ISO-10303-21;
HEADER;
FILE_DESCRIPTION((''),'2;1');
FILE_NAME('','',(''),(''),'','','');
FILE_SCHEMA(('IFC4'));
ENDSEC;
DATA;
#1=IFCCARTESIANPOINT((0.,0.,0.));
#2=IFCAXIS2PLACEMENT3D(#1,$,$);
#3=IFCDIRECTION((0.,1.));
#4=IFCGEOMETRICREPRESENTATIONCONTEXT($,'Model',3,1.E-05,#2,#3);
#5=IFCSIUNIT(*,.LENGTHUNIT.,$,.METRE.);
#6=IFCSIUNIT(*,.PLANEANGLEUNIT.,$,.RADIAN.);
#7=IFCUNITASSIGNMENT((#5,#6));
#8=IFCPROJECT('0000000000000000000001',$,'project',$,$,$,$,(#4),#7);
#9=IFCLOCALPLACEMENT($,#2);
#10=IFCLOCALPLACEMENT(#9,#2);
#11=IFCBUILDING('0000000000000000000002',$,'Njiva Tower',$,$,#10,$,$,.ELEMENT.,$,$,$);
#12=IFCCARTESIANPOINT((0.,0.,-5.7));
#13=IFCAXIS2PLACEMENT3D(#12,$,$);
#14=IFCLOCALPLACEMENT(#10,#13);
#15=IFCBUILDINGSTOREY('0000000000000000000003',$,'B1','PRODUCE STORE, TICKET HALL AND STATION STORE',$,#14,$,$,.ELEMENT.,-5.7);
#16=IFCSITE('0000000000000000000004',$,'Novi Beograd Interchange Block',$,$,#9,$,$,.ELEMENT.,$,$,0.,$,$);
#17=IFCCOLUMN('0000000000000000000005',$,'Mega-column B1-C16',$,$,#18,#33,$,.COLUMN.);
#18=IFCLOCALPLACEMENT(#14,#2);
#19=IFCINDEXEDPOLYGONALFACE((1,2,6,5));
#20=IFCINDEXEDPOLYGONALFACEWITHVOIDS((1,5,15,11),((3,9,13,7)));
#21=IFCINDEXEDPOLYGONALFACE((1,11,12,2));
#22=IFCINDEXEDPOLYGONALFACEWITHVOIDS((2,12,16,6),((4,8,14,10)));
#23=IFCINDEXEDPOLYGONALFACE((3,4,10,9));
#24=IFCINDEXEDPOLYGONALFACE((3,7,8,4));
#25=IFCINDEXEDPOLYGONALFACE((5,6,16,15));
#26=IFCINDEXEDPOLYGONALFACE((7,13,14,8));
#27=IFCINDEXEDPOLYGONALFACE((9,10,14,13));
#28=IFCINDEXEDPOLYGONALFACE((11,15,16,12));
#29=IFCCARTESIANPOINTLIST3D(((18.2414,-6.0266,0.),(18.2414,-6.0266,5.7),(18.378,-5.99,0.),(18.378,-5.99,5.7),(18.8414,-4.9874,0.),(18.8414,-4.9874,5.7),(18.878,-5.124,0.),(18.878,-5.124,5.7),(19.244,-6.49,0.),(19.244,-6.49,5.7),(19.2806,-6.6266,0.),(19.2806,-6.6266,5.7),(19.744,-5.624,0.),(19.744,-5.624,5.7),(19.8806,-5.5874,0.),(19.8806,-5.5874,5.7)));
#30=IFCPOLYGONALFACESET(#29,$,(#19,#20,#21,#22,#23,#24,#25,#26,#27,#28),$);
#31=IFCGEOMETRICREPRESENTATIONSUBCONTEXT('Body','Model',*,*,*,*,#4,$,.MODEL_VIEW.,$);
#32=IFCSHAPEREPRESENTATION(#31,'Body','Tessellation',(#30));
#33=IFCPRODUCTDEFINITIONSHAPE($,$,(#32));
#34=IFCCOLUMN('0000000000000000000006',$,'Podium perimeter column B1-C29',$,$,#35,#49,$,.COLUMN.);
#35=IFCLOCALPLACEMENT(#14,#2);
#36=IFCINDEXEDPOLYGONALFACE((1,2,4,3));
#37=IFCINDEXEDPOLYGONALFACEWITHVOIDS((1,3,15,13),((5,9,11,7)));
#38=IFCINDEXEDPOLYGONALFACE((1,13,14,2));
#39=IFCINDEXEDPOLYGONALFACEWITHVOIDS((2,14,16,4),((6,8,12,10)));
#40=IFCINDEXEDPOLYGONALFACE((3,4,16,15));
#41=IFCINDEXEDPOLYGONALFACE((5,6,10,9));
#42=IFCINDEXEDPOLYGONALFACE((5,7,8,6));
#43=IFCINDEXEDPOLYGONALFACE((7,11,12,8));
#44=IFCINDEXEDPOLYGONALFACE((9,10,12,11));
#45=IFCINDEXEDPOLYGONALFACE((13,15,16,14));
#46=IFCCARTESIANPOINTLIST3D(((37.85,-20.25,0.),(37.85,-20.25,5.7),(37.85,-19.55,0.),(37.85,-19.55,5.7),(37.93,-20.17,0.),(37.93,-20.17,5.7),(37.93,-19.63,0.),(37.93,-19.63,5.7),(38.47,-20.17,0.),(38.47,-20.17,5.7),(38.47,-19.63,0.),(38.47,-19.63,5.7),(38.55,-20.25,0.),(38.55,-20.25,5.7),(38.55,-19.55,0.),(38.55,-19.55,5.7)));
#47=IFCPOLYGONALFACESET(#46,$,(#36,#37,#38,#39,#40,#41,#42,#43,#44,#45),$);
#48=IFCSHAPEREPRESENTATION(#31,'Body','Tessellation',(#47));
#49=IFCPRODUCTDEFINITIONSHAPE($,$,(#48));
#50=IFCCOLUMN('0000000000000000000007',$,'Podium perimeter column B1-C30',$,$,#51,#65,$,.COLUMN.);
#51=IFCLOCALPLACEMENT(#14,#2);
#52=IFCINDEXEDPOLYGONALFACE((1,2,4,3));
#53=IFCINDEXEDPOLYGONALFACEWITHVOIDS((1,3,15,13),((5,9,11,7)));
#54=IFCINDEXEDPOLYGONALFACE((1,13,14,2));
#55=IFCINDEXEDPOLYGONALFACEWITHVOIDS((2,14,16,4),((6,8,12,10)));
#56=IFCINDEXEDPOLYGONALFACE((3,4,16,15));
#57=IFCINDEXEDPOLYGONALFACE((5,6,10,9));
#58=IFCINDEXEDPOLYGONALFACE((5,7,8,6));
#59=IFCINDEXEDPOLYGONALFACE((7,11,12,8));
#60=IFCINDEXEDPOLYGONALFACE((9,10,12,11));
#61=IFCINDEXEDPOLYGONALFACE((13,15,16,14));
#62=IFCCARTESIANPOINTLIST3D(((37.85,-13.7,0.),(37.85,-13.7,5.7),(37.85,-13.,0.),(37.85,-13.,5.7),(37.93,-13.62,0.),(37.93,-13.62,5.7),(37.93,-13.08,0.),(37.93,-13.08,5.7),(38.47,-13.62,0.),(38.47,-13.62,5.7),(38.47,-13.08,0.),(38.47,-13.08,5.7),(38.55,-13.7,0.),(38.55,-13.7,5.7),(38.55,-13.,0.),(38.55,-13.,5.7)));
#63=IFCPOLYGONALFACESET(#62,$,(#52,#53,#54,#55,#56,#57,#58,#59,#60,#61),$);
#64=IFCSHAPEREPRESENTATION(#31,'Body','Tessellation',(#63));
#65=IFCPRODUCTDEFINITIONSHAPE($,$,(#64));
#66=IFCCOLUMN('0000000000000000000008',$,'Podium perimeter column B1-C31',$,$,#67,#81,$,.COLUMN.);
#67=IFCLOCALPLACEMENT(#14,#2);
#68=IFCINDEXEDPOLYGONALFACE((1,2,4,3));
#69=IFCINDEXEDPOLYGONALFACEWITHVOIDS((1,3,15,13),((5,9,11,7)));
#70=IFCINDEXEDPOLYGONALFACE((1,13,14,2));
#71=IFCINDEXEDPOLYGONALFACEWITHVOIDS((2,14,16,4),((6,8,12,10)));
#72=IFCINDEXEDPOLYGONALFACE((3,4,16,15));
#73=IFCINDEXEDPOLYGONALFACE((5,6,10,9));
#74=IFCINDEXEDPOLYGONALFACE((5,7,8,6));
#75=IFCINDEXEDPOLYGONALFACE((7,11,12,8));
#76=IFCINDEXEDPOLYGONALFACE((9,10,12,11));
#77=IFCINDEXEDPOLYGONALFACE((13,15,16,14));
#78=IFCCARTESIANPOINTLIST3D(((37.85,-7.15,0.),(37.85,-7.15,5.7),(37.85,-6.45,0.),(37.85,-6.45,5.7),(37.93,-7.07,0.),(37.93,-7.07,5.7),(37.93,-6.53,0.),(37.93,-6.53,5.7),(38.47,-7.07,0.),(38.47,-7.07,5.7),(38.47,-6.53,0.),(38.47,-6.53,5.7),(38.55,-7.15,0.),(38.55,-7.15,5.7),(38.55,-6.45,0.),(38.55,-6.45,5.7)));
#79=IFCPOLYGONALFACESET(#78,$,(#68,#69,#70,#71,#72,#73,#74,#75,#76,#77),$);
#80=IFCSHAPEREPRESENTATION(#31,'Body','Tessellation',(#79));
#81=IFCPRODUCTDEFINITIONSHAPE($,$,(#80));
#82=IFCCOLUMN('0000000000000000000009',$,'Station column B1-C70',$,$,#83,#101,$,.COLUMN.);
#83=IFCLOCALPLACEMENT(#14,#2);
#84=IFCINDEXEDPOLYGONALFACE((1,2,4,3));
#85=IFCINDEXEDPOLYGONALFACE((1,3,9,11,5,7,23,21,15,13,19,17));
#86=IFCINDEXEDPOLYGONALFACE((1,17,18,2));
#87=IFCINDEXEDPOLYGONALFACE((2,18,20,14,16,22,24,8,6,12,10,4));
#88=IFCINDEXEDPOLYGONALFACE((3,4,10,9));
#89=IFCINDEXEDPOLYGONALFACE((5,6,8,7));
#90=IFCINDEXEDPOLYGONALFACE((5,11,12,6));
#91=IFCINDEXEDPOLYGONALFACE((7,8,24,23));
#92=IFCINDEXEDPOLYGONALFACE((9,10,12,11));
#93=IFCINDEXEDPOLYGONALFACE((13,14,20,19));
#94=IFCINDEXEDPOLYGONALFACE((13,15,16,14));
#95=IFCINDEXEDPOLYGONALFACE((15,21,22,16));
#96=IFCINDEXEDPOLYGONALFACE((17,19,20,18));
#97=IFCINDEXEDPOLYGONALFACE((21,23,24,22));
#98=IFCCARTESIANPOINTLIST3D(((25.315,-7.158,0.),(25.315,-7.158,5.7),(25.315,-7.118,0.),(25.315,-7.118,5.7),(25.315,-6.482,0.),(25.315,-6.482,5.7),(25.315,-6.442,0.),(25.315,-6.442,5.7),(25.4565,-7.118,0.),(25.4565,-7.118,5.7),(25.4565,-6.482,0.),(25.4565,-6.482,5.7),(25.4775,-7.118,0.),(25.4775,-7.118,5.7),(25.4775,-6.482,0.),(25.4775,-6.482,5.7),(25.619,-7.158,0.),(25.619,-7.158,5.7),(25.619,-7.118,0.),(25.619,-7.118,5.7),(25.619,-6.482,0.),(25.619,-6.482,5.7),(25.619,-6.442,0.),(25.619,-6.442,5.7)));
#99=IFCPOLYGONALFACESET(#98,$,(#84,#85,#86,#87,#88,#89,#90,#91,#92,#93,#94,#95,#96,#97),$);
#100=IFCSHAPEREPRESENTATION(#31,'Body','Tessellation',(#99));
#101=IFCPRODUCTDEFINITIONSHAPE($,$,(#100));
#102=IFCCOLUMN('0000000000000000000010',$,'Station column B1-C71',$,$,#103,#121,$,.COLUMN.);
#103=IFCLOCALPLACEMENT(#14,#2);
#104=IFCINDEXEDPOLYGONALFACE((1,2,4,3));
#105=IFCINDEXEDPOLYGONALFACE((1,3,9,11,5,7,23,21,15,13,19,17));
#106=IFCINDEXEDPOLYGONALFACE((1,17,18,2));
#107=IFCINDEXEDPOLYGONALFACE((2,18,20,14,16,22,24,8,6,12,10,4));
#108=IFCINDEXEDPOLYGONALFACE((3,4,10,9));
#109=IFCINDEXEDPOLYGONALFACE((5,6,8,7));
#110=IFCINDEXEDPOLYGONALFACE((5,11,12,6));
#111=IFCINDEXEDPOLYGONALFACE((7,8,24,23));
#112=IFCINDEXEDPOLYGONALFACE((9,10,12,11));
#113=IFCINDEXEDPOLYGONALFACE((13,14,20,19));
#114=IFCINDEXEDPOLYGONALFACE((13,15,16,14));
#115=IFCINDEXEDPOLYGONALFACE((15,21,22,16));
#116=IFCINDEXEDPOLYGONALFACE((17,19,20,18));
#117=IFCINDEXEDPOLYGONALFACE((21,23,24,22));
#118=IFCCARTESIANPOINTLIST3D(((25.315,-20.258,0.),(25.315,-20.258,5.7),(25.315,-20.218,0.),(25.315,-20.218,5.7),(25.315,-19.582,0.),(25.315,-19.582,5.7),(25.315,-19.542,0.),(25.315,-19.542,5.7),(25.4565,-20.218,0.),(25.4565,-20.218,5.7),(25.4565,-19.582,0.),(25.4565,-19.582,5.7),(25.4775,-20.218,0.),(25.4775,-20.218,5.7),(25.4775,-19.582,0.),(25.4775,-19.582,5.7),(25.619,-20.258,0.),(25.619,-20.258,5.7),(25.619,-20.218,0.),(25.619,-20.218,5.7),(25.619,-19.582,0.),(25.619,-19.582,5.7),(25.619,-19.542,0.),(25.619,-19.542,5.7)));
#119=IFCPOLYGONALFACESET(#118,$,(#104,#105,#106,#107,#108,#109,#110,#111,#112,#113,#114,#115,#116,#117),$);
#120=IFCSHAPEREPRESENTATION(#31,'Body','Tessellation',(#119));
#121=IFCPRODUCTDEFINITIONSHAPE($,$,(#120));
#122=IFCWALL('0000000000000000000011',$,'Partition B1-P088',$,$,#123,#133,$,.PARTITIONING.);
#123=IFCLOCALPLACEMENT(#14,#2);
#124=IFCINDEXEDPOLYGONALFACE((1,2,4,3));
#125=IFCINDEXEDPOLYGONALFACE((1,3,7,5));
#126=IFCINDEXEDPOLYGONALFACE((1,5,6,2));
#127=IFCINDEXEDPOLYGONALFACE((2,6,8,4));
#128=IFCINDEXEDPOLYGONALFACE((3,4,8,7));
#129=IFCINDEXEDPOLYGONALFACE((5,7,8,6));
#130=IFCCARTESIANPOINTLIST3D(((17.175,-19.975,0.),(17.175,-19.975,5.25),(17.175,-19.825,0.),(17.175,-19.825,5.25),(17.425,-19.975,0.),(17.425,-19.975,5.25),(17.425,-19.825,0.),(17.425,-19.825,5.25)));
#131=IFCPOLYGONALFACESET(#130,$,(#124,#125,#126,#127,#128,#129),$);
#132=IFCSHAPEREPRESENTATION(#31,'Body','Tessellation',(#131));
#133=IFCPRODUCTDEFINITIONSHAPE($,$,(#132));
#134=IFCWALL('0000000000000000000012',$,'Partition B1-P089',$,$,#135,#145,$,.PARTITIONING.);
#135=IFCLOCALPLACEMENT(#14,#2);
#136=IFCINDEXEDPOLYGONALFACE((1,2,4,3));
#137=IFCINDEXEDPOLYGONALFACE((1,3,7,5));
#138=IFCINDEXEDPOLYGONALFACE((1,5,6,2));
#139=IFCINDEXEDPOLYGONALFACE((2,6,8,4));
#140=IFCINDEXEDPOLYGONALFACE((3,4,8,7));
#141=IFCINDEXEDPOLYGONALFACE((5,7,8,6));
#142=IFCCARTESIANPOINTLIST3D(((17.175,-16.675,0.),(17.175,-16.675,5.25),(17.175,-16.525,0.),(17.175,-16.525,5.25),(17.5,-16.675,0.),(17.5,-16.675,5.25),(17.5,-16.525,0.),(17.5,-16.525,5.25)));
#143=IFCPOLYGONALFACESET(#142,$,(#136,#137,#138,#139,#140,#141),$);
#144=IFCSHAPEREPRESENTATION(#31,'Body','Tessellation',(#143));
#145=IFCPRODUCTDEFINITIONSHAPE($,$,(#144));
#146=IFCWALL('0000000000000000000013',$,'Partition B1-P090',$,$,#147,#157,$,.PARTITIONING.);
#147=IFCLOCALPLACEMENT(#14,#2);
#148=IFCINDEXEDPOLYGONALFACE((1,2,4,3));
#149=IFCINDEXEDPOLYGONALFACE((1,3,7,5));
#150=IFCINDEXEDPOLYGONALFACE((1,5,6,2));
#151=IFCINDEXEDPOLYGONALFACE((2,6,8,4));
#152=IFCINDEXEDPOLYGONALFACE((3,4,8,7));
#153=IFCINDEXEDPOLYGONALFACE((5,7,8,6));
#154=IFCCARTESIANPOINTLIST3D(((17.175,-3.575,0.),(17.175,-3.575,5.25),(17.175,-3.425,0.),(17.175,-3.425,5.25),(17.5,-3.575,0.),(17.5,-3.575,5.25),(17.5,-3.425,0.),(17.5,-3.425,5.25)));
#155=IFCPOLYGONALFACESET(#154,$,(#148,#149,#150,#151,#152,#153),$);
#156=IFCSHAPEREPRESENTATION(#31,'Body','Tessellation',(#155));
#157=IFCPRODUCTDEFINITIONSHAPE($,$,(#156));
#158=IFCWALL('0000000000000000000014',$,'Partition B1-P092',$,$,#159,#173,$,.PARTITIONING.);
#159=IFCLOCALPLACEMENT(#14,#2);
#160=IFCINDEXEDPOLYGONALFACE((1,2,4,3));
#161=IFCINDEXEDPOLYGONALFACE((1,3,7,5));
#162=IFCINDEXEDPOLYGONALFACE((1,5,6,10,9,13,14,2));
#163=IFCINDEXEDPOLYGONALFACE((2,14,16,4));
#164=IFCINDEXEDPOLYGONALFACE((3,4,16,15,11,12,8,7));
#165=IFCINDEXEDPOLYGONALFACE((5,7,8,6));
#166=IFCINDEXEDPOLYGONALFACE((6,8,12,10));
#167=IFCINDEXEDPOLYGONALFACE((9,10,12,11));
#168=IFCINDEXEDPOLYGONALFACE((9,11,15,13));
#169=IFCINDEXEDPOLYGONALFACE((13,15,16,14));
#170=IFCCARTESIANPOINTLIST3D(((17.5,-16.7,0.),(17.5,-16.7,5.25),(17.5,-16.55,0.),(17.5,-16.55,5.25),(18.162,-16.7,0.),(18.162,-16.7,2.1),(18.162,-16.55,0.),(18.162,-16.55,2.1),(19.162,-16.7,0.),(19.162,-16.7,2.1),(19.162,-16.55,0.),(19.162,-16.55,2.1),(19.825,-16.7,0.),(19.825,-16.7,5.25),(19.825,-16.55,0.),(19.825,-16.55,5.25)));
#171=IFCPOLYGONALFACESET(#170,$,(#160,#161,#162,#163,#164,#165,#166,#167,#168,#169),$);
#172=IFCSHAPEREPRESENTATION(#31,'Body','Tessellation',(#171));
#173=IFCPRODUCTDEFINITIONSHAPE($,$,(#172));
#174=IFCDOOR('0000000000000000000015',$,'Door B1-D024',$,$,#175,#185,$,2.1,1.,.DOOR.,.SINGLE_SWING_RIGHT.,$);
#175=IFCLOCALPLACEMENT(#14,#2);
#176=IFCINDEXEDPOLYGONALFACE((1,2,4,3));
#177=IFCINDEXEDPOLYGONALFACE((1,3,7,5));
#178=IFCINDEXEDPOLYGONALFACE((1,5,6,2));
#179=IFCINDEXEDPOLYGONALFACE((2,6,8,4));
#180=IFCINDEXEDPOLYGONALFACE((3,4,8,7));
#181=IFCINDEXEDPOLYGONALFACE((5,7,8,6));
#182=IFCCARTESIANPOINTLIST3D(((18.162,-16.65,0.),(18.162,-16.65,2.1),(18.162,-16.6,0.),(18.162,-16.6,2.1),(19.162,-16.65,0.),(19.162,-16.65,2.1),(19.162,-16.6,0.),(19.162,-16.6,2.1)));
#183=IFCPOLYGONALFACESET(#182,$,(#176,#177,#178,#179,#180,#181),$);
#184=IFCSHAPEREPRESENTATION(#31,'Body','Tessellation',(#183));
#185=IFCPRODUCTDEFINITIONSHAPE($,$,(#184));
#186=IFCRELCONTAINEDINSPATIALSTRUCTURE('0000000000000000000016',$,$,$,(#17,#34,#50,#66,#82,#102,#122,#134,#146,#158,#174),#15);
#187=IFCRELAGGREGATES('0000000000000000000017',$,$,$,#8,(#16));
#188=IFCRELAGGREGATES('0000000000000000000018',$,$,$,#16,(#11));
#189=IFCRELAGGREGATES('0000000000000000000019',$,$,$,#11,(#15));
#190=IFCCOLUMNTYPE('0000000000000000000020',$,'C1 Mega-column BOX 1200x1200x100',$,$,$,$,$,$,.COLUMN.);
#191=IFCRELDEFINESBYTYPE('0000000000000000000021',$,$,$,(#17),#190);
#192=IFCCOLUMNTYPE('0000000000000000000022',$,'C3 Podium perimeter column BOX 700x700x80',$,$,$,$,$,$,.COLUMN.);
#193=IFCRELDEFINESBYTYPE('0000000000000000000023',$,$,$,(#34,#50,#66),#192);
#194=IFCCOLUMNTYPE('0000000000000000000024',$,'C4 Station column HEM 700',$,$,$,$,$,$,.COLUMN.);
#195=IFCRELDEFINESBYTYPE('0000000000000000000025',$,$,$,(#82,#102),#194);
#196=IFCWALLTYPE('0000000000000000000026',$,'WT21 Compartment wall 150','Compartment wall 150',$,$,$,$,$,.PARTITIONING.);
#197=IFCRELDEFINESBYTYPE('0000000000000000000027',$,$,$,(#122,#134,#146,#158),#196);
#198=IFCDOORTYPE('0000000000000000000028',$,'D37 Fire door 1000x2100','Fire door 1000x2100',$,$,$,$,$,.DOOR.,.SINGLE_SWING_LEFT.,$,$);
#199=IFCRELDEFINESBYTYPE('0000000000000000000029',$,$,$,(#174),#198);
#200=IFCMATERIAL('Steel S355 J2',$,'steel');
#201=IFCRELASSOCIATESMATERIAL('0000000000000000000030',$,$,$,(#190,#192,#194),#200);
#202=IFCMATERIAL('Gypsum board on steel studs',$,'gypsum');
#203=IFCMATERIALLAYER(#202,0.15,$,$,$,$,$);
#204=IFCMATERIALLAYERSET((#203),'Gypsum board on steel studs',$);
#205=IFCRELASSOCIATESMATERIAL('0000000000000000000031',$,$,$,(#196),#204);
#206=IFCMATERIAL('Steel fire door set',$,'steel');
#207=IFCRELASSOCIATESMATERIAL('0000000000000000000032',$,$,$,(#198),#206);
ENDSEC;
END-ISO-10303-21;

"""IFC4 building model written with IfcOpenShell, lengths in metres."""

from ifc_helpers import new_model, si_unit, direction, frame, frame_2d, origin, origin_2d, place, context, subcontext, project, spatial, rectangle, hollow_rectangle, i_section, extrude, material, layer, layer_set, material_profile, profile_set, type_object, element, fill, save


model = new_model("IFC4")

# Units and contexts
model_context = context("Model", 3, precision=1e-05, world=origin(), true_north=direction((0.0, 1.0)))
body_context = subcontext(model_context, "Body", "Model", "MODEL_VIEW")
ifc_project = project(units=[si_unit("LENGTHUNIT", "METRE"), si_unit("PLANEANGLEUNIT", "RADIAN")], contexts=[model_context])

# Site, building, storey
site_placement = place(None, origin())
site = spatial("IfcSite", under=ifc_project, at=site_placement, Name="Novi Beograd Interchange Block", CompositionType="ELEMENT", RefElevation=0.0)
building_placement = place(site_placement, origin())
building = spatial("IfcBuilding", under=site, at=building_placement, Name="Njiva Tower", CompositionType="ELEMENT")
storey_placement = place(building_placement, frame((0.0, 0.0, -5.7)))
storey = spatial("IfcBuildingStorey", under=building, at=storey_placement, Name="B1", Description="PRODUCE STORE, TICKET HALL AND STATION STORE", CompositionType="ELEMENT", Elevation=-5.7)

# Columns
ifc_material_1 = material(Name="Steel S355 J2", Category="steel")
ifc_material_profile_1 = material_profile(ifc_material_1, hollow_rectangle(XDim=1.2, YDim=1.2, WallThickness=0.1, at=origin_2d()), Name="BOX 1200x1200x100")
ifc_profile_set_1 = profile_set([ifc_material_profile_1], Name="Steel S355 J2")
column_type_1 = type_object("IfcColumnType", Name="C1 Mega-column BOX 1200x1200x100", PredefinedType="COLUMN", material=ifc_profile_set_1)
column_placement = place(storey_placement, frame((19.061, -5.807, 0.0), z_axis=(0.0, 0.0, 1.0), x_axis=(0.5, 0.866025, 0.0)))
element("IfcColumn", 1, at=column_placement, inside=storey, type_object=column_type_1, Name="Mega-column B1-C16", PredefinedType="COLUMN", context=body_context, shape_type="SweptSolid", body=[
    extrude(hollow_rectangle(XDim=1.2, YDim=1.2, WallThickness=0.1, at=origin_2d()), origin(), (0.0, 0.0, 1.0), 5.7),
])
ifc_material_profile_2 = material_profile(ifc_material_1, hollow_rectangle(XDim=0.7, YDim=0.7, WallThickness=0.08, at=origin_2d()), Name="BOX 700x700x80")
ifc_profile_set_2 = profile_set([ifc_material_profile_2], Name="Steel S355 J2")
column_type_2 = type_object("IfcColumnType", Name="C3 Podium perimeter column BOX 700x700x80", PredefinedType="COLUMN", material=ifc_profile_set_2)
for number, where, z_axis, x_axis, name in (
    (2, (38.2, -19.9, 0.0), (0.0, 0.0, 1.0), (0.0, 1.0, 0.0), "Podium perimeter column B1-C29"),
    (3, (38.2, -13.35, 0.0), (0.0, 0.0, 1.0), (0.0, 1.0, 0.0), "Podium perimeter column B1-C30"),
    (4, (38.2, -6.8, 0.0), (0.0, 0.0, 1.0), (0.0, 1.0, 0.0), "Podium perimeter column B1-C31"),
):
    element("IfcColumn", number, at=place(storey_placement, frame(where, z_axis=z_axis, x_axis=x_axis)), inside=storey, type_object=column_type_2, Name=name, PredefinedType="COLUMN", context=body_context, shape_type="SweptSolid", body=[
        extrude(hollow_rectangle(XDim=0.7, YDim=0.7, WallThickness=0.08, at=origin_2d()), origin(), (0.0, 0.0, 1.0), 5.7),
    ])
ifc_material_profile_3 = material_profile(ifc_material_1, i_section(OverallWidth=0.304, OverallDepth=0.716, WebThickness=0.021, FlangeThickness=0.04, at=origin_2d()), Name="HEM 700")
ifc_profile_set_3 = profile_set([ifc_material_profile_3], Name="Steel S355 J2")
column_type_3 = type_object("IfcColumnType", Name="C4 Station column HEM 700", PredefinedType="COLUMN", material=ifc_profile_set_3)
for number, where, z_axis, x_axis, name in (
    (5, (25.467, -6.8, 0.0), (0.0, 0.0, 1.0), (1.0, 0.0, 0.0), "Station column B1-C70"),
    (6, (25.467, -19.9, 0.0), (0.0, 0.0, 1.0), (1.0, 0.0, 0.0), "Station column B1-C71"),
):
    element("IfcColumn", number, at=place(storey_placement, frame(where, z_axis=z_axis, x_axis=x_axis)), inside=storey, type_object=column_type_3, Name=name, PredefinedType="COLUMN", context=body_context, shape_type="SweptSolid", body=[
        extrude(i_section(OverallWidth=0.304, OverallDepth=0.716, WebThickness=0.021, FlangeThickness=0.04, at=origin_2d()), origin(), (0.0, 0.0, 1.0), 5.7),
    ])

# Walls
ifc_material_2 = material(Name="Gypsum board on steel studs", Category="gypsum")
ifc_layer_1 = layer(ifc_material_2, 0.15)
ifc_layer_set_1 = layer_set([ifc_layer_1], Name="Gypsum board on steel studs")
wall_type_1 = type_object("IfcWallType", Name="WT21 Compartment wall 150", Description="Compartment wall 150", PredefinedType="PARTITIONING", material=ifc_layer_set_1)
wall_1_placement = place(storey_placement, frame((17.175, -19.9, 0.0), z_axis=(0.0, 0.0, 1.0), x_axis=(1.0, 0.0, 0.0)))
element("IfcWall", 7, at=wall_1_placement, inside=storey, type_object=wall_type_1, Name="Partition B1-P088", PredefinedType="PARTITIONING", context=body_context, shape_type="SweptSolid", body=[
    extrude(rectangle(XDim=0.25, YDim=0.15, at=frame_2d((0.125, 0.0))), origin(), (0.0, 0.0, 1.0), 5.25),
])
for number, where, z_axis, x_axis, name in (
    (8, (17.175, -16.6, 0.0), (0.0, 0.0, 1.0), (1.0, 0.0, 0.0), "Partition B1-P089"),
    (9, (17.175, -3.5, 0.0), (0.0, 0.0, 1.0), (1.0, 0.0, 0.0), "Partition B1-P090"),
):
    element("IfcWall", number, at=place(storey_placement, frame(where, z_axis=z_axis, x_axis=x_axis)), inside=storey, type_object=wall_type_1, Name=name, PredefinedType="PARTITIONING", context=body_context, shape_type="SweptSolid", body=[
        extrude(rectangle(XDim=0.325, YDim=0.15, at=frame_2d((0.1625, 0.0))), origin(), (0.0, 0.0, 1.0), 5.25),
    ])

# Wall, opening, door
wall_2_placement = place(storey_placement, frame((17.5, -16.625, 0.0), z_axis=(0.0, 0.0, 1.0), x_axis=(1.0, 0.0, 0.0)))
wall_2 = element("IfcWall", 10, at=wall_2_placement, inside=storey, type_object=wall_type_1, Name="Partition B1-P092", PredefinedType="PARTITIONING", context=body_context, shape_type="SweptSolid", body=[
    extrude(rectangle(XDim=2.325, YDim=0.15, at=frame_2d((1.1625, 0.0))), origin(), (0.0, 0.0, 1.0), 5.25),
])
opening_1_placement = place(wall_2_placement, frame((0.662, 0.0, 0.0)))
opening_1 = element("IfcOpeningElement", 11, at=opening_1_placement, cuts=wall_2, PredefinedType="OPENING", context=body_context, shape_type="SweptSolid", body=[
    extrude(rectangle(XDim=1.0, YDim=2.1, at=frame_2d((0.5, 1.05))), frame((0.0, 0.085, 0.0), z_axis=(0.0, -1.0, 0.0), x_axis=(1.0, 0.0, 0.0)), (0.0, 0.0, 1.0), 0.17),
])
ifc_material_3 = material(Name="Steel fire door set", Category="steel")
door_type_1 = type_object("IfcDoorType", Name="D37 Fire door 1000x2100", Description="Fire door 1000x2100", OperationType="SINGLE_SWING_LEFT", PredefinedType="DOOR", material=ifc_material_3)
door_1_placement = place(opening_1_placement, origin())
door_1 = element("IfcDoor", 12, at=door_1_placement, inside=storey, type_object=door_type_1, Name="Door B1-D024", OperationType="SINGLE_SWING_RIGHT", OverallHeight=2.1, OverallWidth=1.0, PredefinedType="DOOR", context=body_context, shape_type="SweptSolid", body=[
    extrude(rectangle(XDim=1.0, YDim=2.1, at=frame_2d((0.5, 1.05))), frame((0.0, 0.025, 0.0), z_axis=(0.0, -1.0, 0.0), x_axis=(1.0, 0.0, 0.0)), (0.0, 0.0, 1.0), 0.05),
])
fill(opening_1, door_1)

save(model, "model.ifc")
